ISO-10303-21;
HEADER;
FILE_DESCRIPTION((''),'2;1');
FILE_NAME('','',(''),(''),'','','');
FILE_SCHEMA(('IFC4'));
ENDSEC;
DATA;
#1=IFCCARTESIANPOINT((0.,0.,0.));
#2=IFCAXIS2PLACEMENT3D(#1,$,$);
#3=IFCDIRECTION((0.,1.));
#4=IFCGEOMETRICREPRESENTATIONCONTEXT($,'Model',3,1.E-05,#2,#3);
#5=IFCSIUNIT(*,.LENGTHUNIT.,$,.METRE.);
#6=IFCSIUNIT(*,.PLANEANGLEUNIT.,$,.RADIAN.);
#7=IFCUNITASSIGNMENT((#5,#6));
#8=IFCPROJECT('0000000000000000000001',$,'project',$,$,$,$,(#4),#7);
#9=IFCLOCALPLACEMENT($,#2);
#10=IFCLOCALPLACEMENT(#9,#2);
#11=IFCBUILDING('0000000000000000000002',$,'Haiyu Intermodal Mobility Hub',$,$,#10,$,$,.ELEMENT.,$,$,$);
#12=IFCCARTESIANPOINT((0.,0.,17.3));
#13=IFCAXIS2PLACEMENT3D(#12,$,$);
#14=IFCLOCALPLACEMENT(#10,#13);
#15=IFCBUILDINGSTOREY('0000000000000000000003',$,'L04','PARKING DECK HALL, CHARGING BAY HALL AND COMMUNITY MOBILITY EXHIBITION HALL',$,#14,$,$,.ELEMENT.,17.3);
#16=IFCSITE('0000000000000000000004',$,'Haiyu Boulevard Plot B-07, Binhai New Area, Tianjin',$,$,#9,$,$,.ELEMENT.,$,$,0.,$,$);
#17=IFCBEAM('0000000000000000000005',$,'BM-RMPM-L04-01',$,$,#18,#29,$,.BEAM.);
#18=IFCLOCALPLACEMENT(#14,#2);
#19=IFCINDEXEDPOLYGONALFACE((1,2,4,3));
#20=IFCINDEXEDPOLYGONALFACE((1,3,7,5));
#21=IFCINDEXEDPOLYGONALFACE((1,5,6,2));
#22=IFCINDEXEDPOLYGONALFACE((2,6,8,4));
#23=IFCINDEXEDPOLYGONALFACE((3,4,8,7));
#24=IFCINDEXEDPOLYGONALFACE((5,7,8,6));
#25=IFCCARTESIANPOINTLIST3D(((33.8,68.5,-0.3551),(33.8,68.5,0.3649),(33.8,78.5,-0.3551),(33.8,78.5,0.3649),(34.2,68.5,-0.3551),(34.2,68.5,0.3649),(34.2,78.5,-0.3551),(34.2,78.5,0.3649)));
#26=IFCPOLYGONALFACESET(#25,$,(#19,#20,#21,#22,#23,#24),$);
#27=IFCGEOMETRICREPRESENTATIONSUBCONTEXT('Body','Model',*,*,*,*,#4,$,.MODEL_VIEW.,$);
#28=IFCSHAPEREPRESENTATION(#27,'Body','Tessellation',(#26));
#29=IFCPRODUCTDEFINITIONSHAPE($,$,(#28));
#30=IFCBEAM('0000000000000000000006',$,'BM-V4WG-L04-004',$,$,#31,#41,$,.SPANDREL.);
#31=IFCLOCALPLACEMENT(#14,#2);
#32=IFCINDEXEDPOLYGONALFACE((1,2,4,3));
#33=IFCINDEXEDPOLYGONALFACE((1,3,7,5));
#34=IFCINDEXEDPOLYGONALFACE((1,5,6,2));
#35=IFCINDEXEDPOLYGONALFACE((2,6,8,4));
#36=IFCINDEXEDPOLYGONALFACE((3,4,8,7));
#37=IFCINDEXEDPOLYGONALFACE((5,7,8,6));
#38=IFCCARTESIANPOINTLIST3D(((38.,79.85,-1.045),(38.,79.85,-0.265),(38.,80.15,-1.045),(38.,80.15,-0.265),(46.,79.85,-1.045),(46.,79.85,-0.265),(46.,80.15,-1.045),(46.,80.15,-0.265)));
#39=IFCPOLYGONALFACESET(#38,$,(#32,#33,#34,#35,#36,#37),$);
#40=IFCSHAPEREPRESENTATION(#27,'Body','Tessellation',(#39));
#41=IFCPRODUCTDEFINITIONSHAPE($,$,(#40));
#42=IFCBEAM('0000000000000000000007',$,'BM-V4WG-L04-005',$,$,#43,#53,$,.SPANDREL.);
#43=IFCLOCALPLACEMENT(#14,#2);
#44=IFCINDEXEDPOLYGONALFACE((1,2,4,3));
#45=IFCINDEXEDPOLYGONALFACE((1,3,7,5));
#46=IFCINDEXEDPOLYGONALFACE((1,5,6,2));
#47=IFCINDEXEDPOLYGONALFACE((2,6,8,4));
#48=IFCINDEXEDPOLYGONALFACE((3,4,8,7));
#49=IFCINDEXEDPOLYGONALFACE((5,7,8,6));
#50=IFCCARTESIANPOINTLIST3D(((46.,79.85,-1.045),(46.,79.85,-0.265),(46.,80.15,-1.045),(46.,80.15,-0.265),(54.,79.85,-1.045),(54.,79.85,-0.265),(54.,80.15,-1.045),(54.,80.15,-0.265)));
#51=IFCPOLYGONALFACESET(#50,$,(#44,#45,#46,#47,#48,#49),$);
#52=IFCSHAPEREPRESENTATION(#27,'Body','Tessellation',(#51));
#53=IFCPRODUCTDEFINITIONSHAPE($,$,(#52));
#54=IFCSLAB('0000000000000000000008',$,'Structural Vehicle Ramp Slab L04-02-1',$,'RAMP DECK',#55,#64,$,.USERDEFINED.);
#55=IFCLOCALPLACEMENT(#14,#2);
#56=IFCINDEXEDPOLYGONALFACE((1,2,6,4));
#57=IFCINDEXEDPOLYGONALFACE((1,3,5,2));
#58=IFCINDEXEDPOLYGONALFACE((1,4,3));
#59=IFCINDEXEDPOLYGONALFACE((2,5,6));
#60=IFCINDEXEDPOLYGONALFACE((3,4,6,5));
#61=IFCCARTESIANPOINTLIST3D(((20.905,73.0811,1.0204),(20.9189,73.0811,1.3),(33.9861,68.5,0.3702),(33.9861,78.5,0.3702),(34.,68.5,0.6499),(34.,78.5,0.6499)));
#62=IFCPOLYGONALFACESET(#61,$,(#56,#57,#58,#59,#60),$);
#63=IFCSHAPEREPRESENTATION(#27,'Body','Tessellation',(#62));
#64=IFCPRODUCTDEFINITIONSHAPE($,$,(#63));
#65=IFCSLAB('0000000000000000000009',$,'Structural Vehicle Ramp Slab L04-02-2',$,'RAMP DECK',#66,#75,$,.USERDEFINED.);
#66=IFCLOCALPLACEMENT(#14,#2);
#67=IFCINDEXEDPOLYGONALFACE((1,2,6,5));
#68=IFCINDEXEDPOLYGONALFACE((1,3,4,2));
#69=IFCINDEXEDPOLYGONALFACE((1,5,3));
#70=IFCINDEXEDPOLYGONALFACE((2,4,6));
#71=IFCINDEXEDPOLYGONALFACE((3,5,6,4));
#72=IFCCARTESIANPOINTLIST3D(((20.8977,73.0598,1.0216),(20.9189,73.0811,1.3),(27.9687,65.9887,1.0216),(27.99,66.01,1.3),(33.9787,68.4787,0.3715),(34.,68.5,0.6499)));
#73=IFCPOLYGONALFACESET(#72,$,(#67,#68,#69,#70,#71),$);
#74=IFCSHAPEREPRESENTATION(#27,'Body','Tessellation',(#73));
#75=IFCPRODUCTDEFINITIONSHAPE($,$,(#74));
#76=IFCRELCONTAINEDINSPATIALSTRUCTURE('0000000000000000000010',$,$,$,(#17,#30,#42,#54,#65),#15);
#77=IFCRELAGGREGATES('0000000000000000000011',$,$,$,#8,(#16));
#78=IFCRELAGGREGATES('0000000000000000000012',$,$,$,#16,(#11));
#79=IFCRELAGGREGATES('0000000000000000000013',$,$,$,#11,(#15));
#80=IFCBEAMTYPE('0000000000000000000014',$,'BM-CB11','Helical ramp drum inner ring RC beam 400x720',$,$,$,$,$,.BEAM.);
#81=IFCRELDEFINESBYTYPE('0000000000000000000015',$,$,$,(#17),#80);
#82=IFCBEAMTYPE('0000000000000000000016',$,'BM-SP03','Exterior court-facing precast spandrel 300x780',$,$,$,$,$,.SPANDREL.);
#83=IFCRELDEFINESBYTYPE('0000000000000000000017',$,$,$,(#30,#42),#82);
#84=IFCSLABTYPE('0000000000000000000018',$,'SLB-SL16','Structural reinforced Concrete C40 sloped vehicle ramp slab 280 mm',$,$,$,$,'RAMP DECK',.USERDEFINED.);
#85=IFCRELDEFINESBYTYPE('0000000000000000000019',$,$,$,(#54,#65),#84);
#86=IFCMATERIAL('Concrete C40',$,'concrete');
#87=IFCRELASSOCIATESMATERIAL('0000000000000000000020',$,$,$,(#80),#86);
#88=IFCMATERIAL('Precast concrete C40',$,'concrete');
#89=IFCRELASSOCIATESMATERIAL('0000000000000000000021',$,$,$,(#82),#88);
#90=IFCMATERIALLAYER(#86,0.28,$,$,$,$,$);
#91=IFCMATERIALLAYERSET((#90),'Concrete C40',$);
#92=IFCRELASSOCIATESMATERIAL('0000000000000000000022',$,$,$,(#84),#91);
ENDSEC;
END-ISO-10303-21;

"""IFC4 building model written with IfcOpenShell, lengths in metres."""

from ifc_helpers import new_model, si_unit, direction, frame, origin, origin_2d, place, context, subcontext, project, spatial, polyline, rectangle, outline, extrude, material, layer, layer_set, material_profile, profile_set, type_object, element, save


model = new_model("IFC4")

# Units and contexts
model_context = context("Model", 3, precision=1e-05, world=origin(), true_north=direction((0.0, 1.0)))
body_context = subcontext(model_context, "Body", "Model", "MODEL_VIEW")
ifc_project = project(units=[si_unit("LENGTHUNIT", "METRE"), si_unit("PLANEANGLEUNIT", "RADIAN")], contexts=[model_context])

# Site, building, storey
site_placement = place(None, origin())
site = spatial("IfcSite", under=ifc_project, at=site_placement, Name="Haiyu Boulevard Plot B-07, Binhai New Area, Tianjin", CompositionType="ELEMENT", RefElevation=0.0)
building_placement = place(site_placement, origin())
building = spatial("IfcBuilding", under=site, at=building_placement, Name="Haiyu Intermodal Mobility Hub", CompositionType="ELEMENT")
storey_placement = place(building_placement, frame((0.0, 0.0, 17.3)))
storey = spatial("IfcBuildingStorey", under=building, at=storey_placement, Name="L04", Description="PARKING DECK HALL, CHARGING BAY HALL AND COMMUNITY MOBILITY EXHIBITION HALL", CompositionType="ELEMENT", Elevation=17.3)

# Shared definitions
ifc_material_1 = material(Name="Concrete C40", Category="concrete")

# Beams
ifc_material_profile_1 = material_profile(ifc_material_1, rectangle(XDim=0.3999, YDim=0.72, at=origin_2d()), Name="RCB400x720")
ifc_profile_set_1 = profile_set([ifc_material_profile_1], Name="Concrete C40")
beam_type_1 = type_object("IfcBeamType", Name="BM-CB11", Description="Helical ramp drum inner ring RC beam 400x720", PredefinedType="BEAM", material=ifc_profile_set_1)
beam_1_placement = place(storey_placement, frame((34.0, 68.5, 0.0049), z_axis=(0.0, 1.0, 0.0), x_axis=(-1.0, 0.0, 0.0)))
element("IfcBeam", 1, at=beam_1_placement, inside=storey, type_object=beam_type_1, Name="BM-RMPM-L04-01", PredefinedType="BEAM", context=body_context, shape_type="SweptSolid", body=[
    extrude(rectangle(XDim=0.3999, YDim=0.72, at=origin_2d()), origin(), (0.0, 0.0, 1.0), 10.0),
])
ifc_material_2 = material(Name="Precast concrete C40", Category="concrete")
ifc_material_profile_2 = material_profile(ifc_material_2, rectangle(XDim=0.3, YDim=0.78, at=origin_2d()), Name="PC300x780")
ifc_profile_set_2 = profile_set([ifc_material_profile_2], Name="Precast concrete C40")
beam_type_2 = type_object("IfcBeamType", Name="BM-SP03", Description="Exterior court-facing precast spandrel 300x780", PredefinedType="SPANDREL", material=ifc_profile_set_2)
for number, where, z_axis, x_axis, name in (
    (2, (38.0, 80.0, -0.655), (1.0, 0.0, 0.0), (0.0, 1.0, 0.0), "BM-V4WG-L04-004"),
    (3, (46.0, 80.0, -0.655), (1.0, 0.0, 0.0), (0.0, 1.0, 0.0), "BM-V4WG-L04-005"),
):
    element("IfcBeam", number, at=place(storey_placement, frame(where, z_axis=z_axis, x_axis=x_axis)), inside=storey, type_object=beam_type_2, Name=name, PredefinedType="SPANDREL", context=body_context, shape_type="SweptSolid", body=[
        extrude(rectangle(XDim=0.3, YDim=0.78, at=origin_2d()), origin(), (0.0, 0.0, 1.0), 8.0),
    ])

# Slabs
ifc_layer = layer(ifc_material_1, 0.28)
ifc_layer_set = layer_set([ifc_layer], Name="Concrete C40")
slab_type = type_object("IfcSlabType", Name="SLB-SL16", Description="Structural reinforced Concrete C40 sloped vehicle ramp slab 280 mm", ElementType="RAMP DECK", PredefinedType="USERDEFINED", material=ifc_layer_set)
slab_1_placement = place(storey_placement, frame((34.0, 68.5, 0.6499), z_axis=(0.04964, 0.0, 0.998767), x_axis=(0.0, 1.0, 0.0)))
element("IfcSlab", 4, at=slab_1_placement, inside=storey, type_object=slab_type, Name="Structural Vehicle Ramp Slab L04-02-1", ObjectType="RAMP DECK", PredefinedType="USERDEFINED", context=body_context, shape_type="SweptSolid", body=[
    extrude(outline(polyline([(0.0, 0.0), (10.0, 0.0), (4.5811, 13.0972), (0.0, 0.0)])), origin(), (0.0, 0.0, -1.0), 0.28),
])
slab_2_placement = place(storey_placement, frame((34.0, 68.5, 0.6499), z_axis=(0.076044, 0.076044, 0.9942), x_axis=(-0.942761, 0.33016, 0.046857)))
element("IfcSlab", 5, at=slab_2_placement, inside=storey, type_object=slab_type, Name="Structural Vehicle Ramp Slab L04-02-2", ObjectType="RAMP DECK", PredefinedType="USERDEFINED", context=body_context, shape_type="SweptSolid", body=[
    extrude(outline(polyline([(0.0, 0.0), (13.8753, 0.0), (4.8744, 4.357), (0.0, 0.0)])), origin(), (0.0, 0.0, -1.0), 0.28),
])

save(model, "model.ifc")
